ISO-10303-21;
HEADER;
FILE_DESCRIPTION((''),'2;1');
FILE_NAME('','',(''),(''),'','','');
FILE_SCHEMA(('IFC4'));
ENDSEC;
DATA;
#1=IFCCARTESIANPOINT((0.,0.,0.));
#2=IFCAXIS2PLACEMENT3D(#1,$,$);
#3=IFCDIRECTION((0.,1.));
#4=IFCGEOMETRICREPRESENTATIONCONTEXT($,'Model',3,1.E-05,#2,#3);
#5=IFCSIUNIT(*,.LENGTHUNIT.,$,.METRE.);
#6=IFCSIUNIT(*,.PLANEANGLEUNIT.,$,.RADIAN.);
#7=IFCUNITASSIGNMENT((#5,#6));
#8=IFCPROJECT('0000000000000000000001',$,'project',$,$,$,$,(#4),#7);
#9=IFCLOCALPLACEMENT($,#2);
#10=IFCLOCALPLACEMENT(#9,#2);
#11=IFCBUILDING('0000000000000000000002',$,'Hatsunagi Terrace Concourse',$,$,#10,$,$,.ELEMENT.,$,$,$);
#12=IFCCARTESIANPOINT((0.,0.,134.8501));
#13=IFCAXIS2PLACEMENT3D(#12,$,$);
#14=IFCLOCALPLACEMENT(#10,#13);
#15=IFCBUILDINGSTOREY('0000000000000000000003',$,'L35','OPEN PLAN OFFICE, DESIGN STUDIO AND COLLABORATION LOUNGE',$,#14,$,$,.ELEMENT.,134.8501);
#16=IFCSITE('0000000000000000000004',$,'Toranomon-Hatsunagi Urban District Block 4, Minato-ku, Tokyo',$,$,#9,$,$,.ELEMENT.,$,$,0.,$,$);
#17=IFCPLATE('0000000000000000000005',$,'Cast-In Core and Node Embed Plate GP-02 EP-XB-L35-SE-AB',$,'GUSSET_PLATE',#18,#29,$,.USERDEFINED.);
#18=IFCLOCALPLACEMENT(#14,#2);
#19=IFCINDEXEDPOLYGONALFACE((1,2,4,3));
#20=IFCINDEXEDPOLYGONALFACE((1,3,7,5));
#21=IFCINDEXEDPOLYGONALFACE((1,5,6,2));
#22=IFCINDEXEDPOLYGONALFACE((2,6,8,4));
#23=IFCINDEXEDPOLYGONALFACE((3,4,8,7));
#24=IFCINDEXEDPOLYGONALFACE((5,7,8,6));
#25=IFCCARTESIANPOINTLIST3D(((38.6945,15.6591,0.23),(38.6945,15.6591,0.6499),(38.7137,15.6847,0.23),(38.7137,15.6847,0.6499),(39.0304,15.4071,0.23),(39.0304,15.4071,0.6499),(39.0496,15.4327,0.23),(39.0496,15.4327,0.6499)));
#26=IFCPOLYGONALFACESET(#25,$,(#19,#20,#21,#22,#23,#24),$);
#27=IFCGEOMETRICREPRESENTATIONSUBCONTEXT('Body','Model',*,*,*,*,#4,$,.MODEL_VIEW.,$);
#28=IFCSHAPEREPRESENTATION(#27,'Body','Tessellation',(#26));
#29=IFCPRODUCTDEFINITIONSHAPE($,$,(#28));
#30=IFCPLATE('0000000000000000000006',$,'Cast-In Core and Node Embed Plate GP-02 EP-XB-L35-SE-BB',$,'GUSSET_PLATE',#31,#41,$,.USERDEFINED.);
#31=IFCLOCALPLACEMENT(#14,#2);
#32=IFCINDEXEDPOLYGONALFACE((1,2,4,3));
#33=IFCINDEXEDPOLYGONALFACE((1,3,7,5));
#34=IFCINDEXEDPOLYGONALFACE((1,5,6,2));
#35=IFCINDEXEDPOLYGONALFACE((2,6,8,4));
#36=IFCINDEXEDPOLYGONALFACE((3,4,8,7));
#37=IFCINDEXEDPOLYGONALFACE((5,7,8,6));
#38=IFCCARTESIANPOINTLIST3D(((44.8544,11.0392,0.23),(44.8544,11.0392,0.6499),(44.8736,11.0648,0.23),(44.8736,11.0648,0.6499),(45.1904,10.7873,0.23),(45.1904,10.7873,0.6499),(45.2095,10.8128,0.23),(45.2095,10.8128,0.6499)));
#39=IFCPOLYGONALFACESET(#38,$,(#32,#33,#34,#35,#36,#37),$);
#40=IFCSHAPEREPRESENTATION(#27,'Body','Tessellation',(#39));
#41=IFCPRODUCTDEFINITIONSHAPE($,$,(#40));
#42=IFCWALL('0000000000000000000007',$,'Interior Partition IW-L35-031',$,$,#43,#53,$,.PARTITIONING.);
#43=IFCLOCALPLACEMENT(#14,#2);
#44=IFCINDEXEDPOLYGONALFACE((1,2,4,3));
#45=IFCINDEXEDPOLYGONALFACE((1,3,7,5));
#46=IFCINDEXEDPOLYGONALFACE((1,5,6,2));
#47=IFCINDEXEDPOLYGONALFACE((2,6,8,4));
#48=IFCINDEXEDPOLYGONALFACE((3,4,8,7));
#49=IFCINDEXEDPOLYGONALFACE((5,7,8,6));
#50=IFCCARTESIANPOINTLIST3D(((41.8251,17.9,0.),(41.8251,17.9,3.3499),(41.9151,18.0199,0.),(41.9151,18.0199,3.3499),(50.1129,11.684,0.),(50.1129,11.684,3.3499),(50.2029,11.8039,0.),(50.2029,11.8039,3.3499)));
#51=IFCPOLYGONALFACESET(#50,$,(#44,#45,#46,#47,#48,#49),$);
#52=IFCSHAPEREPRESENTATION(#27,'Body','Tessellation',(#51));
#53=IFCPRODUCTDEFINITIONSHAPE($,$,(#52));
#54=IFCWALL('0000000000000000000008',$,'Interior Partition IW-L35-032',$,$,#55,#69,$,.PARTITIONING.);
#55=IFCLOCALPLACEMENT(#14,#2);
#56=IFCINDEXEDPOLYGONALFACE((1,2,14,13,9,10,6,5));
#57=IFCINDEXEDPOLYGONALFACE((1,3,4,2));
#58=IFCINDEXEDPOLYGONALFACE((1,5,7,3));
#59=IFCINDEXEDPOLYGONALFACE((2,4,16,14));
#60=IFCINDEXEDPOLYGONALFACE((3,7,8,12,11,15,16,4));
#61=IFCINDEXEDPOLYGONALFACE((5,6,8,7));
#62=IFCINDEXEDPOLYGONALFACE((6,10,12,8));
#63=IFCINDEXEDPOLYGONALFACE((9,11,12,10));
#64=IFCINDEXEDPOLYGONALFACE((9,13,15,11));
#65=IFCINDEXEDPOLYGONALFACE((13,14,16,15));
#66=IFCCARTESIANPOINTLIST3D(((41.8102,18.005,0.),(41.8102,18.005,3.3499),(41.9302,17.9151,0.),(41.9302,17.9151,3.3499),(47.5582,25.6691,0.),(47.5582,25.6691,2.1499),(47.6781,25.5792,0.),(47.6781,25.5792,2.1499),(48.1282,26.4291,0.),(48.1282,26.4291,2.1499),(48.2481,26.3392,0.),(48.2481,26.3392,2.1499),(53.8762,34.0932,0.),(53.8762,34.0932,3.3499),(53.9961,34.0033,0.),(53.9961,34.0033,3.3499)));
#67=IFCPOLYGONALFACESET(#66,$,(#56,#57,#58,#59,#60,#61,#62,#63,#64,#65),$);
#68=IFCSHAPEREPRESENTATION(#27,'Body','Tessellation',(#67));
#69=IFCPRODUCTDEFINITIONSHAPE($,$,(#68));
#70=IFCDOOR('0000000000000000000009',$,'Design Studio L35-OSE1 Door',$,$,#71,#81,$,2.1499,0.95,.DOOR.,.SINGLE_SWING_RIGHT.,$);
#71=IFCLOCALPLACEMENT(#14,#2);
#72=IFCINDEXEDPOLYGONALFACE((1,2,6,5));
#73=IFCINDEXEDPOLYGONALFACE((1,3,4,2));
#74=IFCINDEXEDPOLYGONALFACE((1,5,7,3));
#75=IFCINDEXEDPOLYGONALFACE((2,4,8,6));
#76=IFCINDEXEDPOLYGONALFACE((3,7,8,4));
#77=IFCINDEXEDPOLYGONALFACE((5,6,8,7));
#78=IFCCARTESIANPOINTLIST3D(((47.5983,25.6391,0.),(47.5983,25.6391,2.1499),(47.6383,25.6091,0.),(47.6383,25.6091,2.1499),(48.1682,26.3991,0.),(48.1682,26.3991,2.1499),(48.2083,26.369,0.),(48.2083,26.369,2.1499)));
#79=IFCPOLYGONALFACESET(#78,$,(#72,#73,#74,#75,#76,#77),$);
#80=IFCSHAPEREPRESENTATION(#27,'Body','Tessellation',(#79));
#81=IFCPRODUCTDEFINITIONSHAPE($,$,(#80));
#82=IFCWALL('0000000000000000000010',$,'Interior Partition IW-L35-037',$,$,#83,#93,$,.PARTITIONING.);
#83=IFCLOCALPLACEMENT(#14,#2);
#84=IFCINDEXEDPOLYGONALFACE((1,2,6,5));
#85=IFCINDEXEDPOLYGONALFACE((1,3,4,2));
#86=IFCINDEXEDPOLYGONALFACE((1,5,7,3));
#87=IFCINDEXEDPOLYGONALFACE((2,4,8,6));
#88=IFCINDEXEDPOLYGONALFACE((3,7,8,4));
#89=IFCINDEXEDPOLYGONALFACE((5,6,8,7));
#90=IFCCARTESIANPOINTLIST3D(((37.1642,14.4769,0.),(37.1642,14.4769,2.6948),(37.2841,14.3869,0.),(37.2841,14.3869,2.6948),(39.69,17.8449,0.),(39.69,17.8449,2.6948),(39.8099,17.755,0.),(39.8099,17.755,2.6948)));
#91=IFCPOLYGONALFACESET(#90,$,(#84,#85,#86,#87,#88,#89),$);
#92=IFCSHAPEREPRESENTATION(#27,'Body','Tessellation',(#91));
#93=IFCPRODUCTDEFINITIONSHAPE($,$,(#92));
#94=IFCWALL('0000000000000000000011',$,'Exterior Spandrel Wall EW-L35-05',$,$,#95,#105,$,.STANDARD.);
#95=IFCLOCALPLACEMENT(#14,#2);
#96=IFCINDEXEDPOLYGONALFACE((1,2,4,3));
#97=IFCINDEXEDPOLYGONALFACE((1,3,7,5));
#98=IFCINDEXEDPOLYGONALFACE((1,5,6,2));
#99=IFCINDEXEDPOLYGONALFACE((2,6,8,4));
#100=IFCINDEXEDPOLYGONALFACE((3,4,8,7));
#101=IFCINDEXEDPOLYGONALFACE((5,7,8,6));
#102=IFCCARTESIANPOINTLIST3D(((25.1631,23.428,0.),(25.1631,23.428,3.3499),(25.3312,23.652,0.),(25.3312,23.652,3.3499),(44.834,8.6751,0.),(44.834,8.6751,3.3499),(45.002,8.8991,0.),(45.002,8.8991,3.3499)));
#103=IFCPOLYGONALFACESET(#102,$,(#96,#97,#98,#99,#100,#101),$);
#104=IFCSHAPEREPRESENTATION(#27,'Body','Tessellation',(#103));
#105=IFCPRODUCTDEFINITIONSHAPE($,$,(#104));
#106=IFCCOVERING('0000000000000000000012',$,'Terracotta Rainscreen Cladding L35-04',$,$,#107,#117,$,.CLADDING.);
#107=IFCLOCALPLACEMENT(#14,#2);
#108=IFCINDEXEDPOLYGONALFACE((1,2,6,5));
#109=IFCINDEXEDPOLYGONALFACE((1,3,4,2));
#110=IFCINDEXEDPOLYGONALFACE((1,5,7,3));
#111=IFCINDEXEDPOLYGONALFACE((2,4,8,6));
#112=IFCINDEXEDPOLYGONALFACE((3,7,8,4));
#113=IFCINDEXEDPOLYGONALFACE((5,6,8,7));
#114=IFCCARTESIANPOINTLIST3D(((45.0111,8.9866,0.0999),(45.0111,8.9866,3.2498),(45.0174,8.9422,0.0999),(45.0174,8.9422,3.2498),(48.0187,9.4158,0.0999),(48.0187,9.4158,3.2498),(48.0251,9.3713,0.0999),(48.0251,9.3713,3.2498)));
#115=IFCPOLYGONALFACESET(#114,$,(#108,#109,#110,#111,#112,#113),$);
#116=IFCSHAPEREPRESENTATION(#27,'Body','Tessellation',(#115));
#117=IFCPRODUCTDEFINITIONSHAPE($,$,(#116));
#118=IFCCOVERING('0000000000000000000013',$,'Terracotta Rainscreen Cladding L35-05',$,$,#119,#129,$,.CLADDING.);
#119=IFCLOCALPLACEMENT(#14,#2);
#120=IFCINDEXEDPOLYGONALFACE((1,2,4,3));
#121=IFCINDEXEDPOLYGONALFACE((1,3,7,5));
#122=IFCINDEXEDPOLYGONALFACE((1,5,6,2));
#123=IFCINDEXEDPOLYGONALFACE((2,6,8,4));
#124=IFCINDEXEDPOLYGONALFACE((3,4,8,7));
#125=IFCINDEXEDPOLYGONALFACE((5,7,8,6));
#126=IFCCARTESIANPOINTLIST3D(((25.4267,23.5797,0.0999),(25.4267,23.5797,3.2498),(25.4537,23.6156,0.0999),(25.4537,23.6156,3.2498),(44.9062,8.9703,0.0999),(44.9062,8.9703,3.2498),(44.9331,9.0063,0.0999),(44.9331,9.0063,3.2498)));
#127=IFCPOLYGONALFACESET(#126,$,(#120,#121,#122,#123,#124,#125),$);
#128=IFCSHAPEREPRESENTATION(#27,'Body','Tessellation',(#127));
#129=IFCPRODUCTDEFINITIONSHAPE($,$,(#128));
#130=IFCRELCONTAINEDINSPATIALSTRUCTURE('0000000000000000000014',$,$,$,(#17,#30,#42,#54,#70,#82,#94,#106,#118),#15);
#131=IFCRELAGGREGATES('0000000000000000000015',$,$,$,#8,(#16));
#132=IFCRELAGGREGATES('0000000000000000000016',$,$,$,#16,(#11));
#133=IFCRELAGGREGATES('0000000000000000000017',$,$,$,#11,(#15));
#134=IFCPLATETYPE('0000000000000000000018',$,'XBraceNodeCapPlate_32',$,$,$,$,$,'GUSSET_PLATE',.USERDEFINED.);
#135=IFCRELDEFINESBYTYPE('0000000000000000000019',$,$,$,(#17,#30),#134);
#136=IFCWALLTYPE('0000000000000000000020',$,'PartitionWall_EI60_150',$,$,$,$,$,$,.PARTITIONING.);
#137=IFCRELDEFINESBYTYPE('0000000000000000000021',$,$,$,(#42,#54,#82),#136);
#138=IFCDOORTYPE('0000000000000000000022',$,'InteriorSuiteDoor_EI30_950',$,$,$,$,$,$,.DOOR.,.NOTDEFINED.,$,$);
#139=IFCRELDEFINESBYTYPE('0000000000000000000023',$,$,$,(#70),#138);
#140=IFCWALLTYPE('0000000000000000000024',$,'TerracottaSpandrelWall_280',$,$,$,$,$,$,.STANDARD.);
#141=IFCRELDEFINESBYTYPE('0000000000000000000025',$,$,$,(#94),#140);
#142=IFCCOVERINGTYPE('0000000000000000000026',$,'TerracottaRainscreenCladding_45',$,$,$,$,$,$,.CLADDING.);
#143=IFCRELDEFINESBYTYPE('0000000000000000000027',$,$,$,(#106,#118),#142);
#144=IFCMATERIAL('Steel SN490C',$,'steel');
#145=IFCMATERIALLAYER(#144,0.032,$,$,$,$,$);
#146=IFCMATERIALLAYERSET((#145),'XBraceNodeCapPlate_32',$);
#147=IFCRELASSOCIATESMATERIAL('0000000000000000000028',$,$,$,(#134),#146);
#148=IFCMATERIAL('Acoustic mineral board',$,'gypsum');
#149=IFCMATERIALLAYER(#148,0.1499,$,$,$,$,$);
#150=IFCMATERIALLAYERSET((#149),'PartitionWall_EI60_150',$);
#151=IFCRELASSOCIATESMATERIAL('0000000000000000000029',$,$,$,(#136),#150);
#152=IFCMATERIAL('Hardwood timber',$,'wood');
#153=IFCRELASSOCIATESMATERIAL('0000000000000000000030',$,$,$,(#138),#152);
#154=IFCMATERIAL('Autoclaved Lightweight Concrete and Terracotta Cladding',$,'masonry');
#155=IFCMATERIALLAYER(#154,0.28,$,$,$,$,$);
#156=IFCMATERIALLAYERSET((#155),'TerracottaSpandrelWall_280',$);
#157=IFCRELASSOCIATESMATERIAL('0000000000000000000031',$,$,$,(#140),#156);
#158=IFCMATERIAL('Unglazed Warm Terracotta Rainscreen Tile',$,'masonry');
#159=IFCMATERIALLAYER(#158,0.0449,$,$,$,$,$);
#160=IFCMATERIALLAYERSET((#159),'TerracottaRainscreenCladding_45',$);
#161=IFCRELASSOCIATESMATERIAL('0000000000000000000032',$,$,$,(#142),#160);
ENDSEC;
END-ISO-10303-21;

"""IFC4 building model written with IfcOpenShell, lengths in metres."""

from ifc_helpers import new_model, si_unit, direction, frame, frame_2d, origin, origin_2d, place, context, subcontext, project, spatial, rectangle, extrude, material, layer, layer_set, type_object, element, fill, save


model = new_model("IFC4")

# Units and contexts
model_context = context("Model", 3, precision=1e-05, world=origin(), true_north=direction((0.0, 1.0)))
body_context = subcontext(model_context, "Body", "Model", "MODEL_VIEW")
ifc_project = project(units=[si_unit("LENGTHUNIT", "METRE"), si_unit("PLANEANGLEUNIT", "RADIAN")], contexts=[model_context])

# Site, building, storey
site_placement = place(None, origin())
site = spatial("IfcSite", under=ifc_project, at=site_placement, Name="Toranomon-Hatsunagi Urban District Block 4, Minato-ku, Tokyo", CompositionType="ELEMENT", RefElevation=0.0)
building_placement = place(site_placement, origin())
building = spatial("IfcBuilding", under=site, at=building_placement, Name="Hatsunagi Terrace Concourse", CompositionType="ELEMENT")
storey_placement = place(building_placement, frame((0.0, 0.0, 134.8501)))
storey = spatial("IfcBuildingStorey", under=building, at=storey_placement, Name="L35", Description="OPEN PLAN OFFICE, DESIGN STUDIO AND COLLABORATION LOUNGE", CompositionType="ELEMENT", Elevation=134.8501)

# Plates
ifc_material_1 = material(Name="Steel SN490C", Category="steel")
ifc_layer_1 = layer(ifc_material_1, 0.032)
ifc_layer_set_1 = layer_set([ifc_layer_1], Name="XBraceNodeCapPlate_32")
plate_type = type_object("IfcPlateType", Name="XBraceNodeCapPlate_32", ElementType="GUSSET_PLATE", PredefinedType="USERDEFINED", material=ifc_layer_set_1)
for number, where, z_axis, x_axis, name in (
    (1, (38.8721, 15.5459, 0.23), (0.0, 0.0, 1.0), (0.8, -0.6, 0.0), "Cast-In Core and Node Embed Plate GP-02 EP-XB-L35-SE-AB"),
    (2, (45.032, 10.926, 0.23), (0.0, 0.0, 1.0), (0.8, -0.6, 0.0), "Cast-In Core and Node Embed Plate GP-02 EP-XB-L35-SE-BB"),
):
    element("IfcPlate", number, at=place(storey_placement, frame(where, z_axis=z_axis, x_axis=x_axis)), inside=storey, type_object=plate_type, Name=name, ObjectType="GUSSET_PLATE", PredefinedType="USERDEFINED", context=body_context, shape_type="SweptSolid", body=[
        extrude(rectangle(XDim=0.4199, YDim=0.032, at=origin_2d()), origin(), (0.0, 0.0, 1.0), 0.4199),
    ])

# Wall
ifc_material_2 = material(Name="Acoustic mineral board", Category="gypsum")
ifc_layer_2 = layer(ifc_material_2, 0.1499)
ifc_layer_set_2 = layer_set([ifc_layer_2], Name="PartitionWall_EI60_150")
wall_type_1 = type_object("IfcWallType", Name="PartitionWall_EI60_150", PredefinedType="PARTITIONING", material=ifc_layer_set_2)
wall_1_placement = place(storey_placement, frame((41.8701, 17.96, 0.0), z_axis=(0.0, 0.0, 1.0), x_axis=(0.799992, -0.600011, 0.0)))
element("IfcWall", 3, at=wall_1_placement, inside=storey, type_object=wall_type_1, Name="Interior Partition IW-L35-031", PredefinedType="PARTITIONING", context=body_context, shape_type="SweptSolid", body=[
    extrude(rectangle(XDim=10.3599, YDim=0.1499, at=frame_2d((5.1799, 0.0))), origin(), (0.0, 0.0, 1.0), 3.3499),
])

# Wall, opening, door
wall_2_placement = place(storey_placement, frame((41.8701, 17.96, 0.0), z_axis=(0.0, 0.0, 1.0), x_axis=(0.599994, 0.800004, 0.0)))
wall_2 = element("IfcWall", 4, at=wall_2_placement, inside=storey, type_object=wall_type_1, Name="Interior Partition IW-L35-032", PredefinedType="PARTITIONING", context=body_context, shape_type="SweptSolid", body=[
    extrude(rectangle(XDim=20.1101, YDim=0.1499, at=frame_2d((10.0552, 0.0))), origin(), (0.0, 0.0, 1.0), 3.3499),
])
opening_placement = place(wall_2_placement, frame((9.5801, 0.0, 0.0)))
opening = element("IfcOpeningElement", 5, at=opening_placement, cuts=wall_2, PredefinedType="OPENING", context=body_context, shape_type="SweptSolid", body=[
    extrude(rectangle(XDim=0.95, YDim=2.1499, at=frame_2d((0.4751, 1.075))), frame((0.0, 0.085, 0.0), z_axis=(0.0, -1.0, 0.0), x_axis=(1.0, 0.0, 0.0)), (0.0, 0.0, 1.0), 0.1699),
])
ifc_material_3 = material(Name="Hardwood timber", Category="wood")
door_type = type_object("IfcDoorType", Name="InteriorSuiteDoor_EI30_950", OperationType="NOTDEFINED", PredefinedType="DOOR", material=ifc_material_3)
door_placement = place(opening_placement, origin())
door = element("IfcDoor", 6, at=door_placement, inside=storey, type_object=door_type, Name="Design Studio L35-OSE1 Door", OperationType="SINGLE_SWING_RIGHT", OverallHeight=2.1499, OverallWidth=0.95, PredefinedType="DOOR", context=body_context, shape_type="SweptSolid", body=[
    extrude(rectangle(XDim=0.95, YDim=2.1499, at=frame_2d((0.4751, 1.075))), frame((0.0, 0.0249, 0.0), z_axis=(0.0, -1.0, 0.0), x_axis=(1.0, 0.0, 0.0)), (0.0, 0.0, 1.0), 0.05),
])
fill(opening, door)

# Walls
wall_3_placement = place(storey_placement, frame((37.2241, 14.4319, 0.0), z_axis=(0.0, 0.0, 1.0), x_axis=(0.599963, 0.800028, 0.0)))
element("IfcWall", 7, at=wall_3_placement, inside=storey, type_object=wall_type_1, Name="Interior Partition IW-L35-037", PredefinedType="PARTITIONING", context=body_context, shape_type="SweptSolid", body=[
    extrude(rectangle(XDim=4.21, YDim=0.1499, at=frame_2d((2.105, 0.0))), origin(), (0.0, 0.0, 1.0), 2.6948),
])
ifc_material_4 = material(Name="Autoclaved Lightweight Concrete and Terracotta Cladding", Category="masonry")
ifc_layer_3 = layer(ifc_material_4, 0.28)
ifc_layer_set_3 = layer_set([ifc_layer_3], Name="TerracottaSpandrelWall_280")
wall_type_2 = type_object("IfcWallType", Name="TerracottaSpandrelWall_280", PredefinedType="STANDARD", material=ifc_layer_set_3)
wall_4_placement = place(storey_placement, frame((44.918, 8.7871, 0.0), z_axis=(0.0, 0.0, 1.0), x_axis=(-0.800005, 0.599994, 0.0)))
element("IfcWall", 8, at=wall_4_placement, inside=storey, type_object=wall_type_2, Name="Exterior Spandrel Wall EW-L35-05", PredefinedType="STANDARD", context=body_context, shape_type="SweptSolid", body=[
    extrude(rectangle(XDim=24.5884, YDim=0.28, at=frame_2d((12.2942, 0.0))), origin(), (0.0, 0.0, 1.0), 3.3499),
])

# Coverings
ifc_material_5 = material(Name="Unglazed Warm Terracotta Rainscreen Tile", Category="masonry")
ifc_layer_4 = layer(ifc_material_5, 0.0449)
ifc_layer_set_4 = layer_set([ifc_layer_4], Name="TerracottaRainscreenCladding_45")
covering_type = type_object("IfcCoveringType", Name="TerracottaRainscreenCladding_45", PredefinedType="CLADDING", material=ifc_layer_set_4)
covering_1_placement = place(storey_placement, frame((46.5181, 9.179, 0.0999), z_axis=(0.0, 0.0, 1.0), x_axis=(-0.989974, -0.14125, 0.0)))
element("IfcCovering", 9, at=covering_1_placement, inside=storey, type_object=covering_type, Name="Terracotta Rainscreen Cladding L35-04", PredefinedType="CLADDING", context=body_context, shape_type="SweptSolid", body=[
    extrude(rectangle(XDim=3.0381, YDim=0.0449, at=origin_2d()), origin(), (0.0, 0.0, 1.0), 3.1499),
])
covering_2_placement = place(storey_placement, frame((35.1799, 16.293, 0.0999), z_axis=(0.0, 0.0, 1.0), x_axis=(-0.800005, 0.599993, 0.0)))
element("IfcCovering", 10, at=covering_2_placement, inside=storey, type_object=covering_type, Name="Terracotta Rainscreen Cladding L35-05", PredefinedType="CLADDING", context=body_context, shape_type="SweptSolid", body=[
    extrude(rectangle(XDim=24.3491, YDim=0.0449, at=origin_2d()), origin(), (0.0, 0.0, 1.0), 3.1499),
])

save(model, "model.ifc")
